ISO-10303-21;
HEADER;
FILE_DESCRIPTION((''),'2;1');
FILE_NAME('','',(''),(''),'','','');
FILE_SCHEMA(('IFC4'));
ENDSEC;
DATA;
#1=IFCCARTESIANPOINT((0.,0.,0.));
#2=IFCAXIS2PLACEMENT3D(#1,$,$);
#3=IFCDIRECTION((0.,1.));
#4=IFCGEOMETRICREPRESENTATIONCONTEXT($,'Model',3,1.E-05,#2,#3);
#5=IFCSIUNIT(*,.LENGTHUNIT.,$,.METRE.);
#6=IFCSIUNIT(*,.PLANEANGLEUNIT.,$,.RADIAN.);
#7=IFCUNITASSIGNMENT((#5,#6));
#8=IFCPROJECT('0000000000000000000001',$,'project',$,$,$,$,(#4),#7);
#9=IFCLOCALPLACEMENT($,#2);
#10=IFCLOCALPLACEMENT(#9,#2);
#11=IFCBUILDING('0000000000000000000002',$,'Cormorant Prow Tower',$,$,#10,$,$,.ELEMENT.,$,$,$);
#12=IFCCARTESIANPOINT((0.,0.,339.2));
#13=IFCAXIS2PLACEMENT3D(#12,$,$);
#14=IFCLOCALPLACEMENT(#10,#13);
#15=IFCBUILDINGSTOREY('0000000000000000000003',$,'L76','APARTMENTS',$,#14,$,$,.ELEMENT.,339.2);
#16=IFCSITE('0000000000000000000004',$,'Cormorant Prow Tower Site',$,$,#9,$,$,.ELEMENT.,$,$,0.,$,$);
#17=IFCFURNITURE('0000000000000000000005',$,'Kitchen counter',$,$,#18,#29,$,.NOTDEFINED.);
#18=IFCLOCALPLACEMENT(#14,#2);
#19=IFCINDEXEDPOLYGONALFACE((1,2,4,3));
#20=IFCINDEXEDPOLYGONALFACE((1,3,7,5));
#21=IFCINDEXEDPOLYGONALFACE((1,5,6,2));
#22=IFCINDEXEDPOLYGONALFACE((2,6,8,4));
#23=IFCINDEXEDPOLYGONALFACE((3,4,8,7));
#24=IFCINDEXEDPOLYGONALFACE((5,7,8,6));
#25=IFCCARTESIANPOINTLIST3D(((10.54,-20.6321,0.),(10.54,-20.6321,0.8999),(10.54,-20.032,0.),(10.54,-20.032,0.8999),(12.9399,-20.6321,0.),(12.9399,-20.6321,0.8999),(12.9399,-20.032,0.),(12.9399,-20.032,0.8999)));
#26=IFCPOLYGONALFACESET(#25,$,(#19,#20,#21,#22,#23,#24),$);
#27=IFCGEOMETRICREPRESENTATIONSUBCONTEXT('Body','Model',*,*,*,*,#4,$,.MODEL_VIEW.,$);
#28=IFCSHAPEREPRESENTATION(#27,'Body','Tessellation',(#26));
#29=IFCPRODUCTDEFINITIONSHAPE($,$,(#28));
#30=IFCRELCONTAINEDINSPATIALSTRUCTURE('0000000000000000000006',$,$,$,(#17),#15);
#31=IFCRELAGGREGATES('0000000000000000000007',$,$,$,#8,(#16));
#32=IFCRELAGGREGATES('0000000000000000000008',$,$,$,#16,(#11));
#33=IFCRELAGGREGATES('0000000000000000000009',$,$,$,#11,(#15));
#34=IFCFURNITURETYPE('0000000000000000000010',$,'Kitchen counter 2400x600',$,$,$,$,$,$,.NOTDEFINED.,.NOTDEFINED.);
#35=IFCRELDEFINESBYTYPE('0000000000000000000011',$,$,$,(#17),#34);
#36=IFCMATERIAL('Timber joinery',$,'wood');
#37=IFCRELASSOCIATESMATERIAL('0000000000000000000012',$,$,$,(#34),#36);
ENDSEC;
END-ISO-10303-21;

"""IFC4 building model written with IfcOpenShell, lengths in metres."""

from ifc_helpers import new_model, si_unit, direction, frame, origin, origin_2d, place, context, subcontext, project, spatial, rectangle, extrude, material, type_object, element, save


model = new_model("IFC4")

# Units and contexts
model_context = context("Model", 3, precision=1e-05, world=origin(), true_north=direction((0.0, 1.0)))
body_context = subcontext(model_context, "Body", "Model", "MODEL_VIEW")
ifc_project = project(units=[si_unit("LENGTHUNIT", "METRE"), si_unit("PLANEANGLEUNIT", "RADIAN")], contexts=[model_context])

# Site, building, storey
site_placement = place(None, origin())
site = spatial("IfcSite", under=ifc_project, at=site_placement, Name="Cormorant Prow Tower Site", CompositionType="ELEMENT", RefElevation=0.0)
building_placement = place(site_placement, origin())
building = spatial("IfcBuilding", under=site, at=building_placement, Name="Cormorant Prow Tower", CompositionType="ELEMENT")
storey_placement = place(building_placement, frame((0.0, 0.0, 339.2)))
storey = spatial("IfcBuildingStorey", under=building, at=storey_placement, Name="L76", Description="APARTMENTS", CompositionType="ELEMENT", Elevation=339.2)

# Furniture
ifc_material_1 = material(Name="Timber joinery", Category="wood")
furniture_type = type_object("IfcFurnitureType", Name="Kitchen counter 2400x600", AssemblyPlace="NOTDEFINED", PredefinedType="NOTDEFINED", material=ifc_material_1)
furniture_placement = place(storey_placement, frame((11.74, -20.332, 0.0), z_axis=(0.0, 0.0, 1.0), x_axis=(1.0, 0.0, 0.0)))
element("IfcFurniture", 1, at=furniture_placement, inside=storey, type_object=furniture_type, Name="Kitchen counter", PredefinedType="NOTDEFINED", context=body_context, shape_type="SweptSolid", body=[
    extrude(rectangle(XDim=2.3999, YDim=0.6001, at=origin_2d()), origin(), (0.0, 0.0, 1.0), 0.8999),
])

save(model, "model.ifc")
